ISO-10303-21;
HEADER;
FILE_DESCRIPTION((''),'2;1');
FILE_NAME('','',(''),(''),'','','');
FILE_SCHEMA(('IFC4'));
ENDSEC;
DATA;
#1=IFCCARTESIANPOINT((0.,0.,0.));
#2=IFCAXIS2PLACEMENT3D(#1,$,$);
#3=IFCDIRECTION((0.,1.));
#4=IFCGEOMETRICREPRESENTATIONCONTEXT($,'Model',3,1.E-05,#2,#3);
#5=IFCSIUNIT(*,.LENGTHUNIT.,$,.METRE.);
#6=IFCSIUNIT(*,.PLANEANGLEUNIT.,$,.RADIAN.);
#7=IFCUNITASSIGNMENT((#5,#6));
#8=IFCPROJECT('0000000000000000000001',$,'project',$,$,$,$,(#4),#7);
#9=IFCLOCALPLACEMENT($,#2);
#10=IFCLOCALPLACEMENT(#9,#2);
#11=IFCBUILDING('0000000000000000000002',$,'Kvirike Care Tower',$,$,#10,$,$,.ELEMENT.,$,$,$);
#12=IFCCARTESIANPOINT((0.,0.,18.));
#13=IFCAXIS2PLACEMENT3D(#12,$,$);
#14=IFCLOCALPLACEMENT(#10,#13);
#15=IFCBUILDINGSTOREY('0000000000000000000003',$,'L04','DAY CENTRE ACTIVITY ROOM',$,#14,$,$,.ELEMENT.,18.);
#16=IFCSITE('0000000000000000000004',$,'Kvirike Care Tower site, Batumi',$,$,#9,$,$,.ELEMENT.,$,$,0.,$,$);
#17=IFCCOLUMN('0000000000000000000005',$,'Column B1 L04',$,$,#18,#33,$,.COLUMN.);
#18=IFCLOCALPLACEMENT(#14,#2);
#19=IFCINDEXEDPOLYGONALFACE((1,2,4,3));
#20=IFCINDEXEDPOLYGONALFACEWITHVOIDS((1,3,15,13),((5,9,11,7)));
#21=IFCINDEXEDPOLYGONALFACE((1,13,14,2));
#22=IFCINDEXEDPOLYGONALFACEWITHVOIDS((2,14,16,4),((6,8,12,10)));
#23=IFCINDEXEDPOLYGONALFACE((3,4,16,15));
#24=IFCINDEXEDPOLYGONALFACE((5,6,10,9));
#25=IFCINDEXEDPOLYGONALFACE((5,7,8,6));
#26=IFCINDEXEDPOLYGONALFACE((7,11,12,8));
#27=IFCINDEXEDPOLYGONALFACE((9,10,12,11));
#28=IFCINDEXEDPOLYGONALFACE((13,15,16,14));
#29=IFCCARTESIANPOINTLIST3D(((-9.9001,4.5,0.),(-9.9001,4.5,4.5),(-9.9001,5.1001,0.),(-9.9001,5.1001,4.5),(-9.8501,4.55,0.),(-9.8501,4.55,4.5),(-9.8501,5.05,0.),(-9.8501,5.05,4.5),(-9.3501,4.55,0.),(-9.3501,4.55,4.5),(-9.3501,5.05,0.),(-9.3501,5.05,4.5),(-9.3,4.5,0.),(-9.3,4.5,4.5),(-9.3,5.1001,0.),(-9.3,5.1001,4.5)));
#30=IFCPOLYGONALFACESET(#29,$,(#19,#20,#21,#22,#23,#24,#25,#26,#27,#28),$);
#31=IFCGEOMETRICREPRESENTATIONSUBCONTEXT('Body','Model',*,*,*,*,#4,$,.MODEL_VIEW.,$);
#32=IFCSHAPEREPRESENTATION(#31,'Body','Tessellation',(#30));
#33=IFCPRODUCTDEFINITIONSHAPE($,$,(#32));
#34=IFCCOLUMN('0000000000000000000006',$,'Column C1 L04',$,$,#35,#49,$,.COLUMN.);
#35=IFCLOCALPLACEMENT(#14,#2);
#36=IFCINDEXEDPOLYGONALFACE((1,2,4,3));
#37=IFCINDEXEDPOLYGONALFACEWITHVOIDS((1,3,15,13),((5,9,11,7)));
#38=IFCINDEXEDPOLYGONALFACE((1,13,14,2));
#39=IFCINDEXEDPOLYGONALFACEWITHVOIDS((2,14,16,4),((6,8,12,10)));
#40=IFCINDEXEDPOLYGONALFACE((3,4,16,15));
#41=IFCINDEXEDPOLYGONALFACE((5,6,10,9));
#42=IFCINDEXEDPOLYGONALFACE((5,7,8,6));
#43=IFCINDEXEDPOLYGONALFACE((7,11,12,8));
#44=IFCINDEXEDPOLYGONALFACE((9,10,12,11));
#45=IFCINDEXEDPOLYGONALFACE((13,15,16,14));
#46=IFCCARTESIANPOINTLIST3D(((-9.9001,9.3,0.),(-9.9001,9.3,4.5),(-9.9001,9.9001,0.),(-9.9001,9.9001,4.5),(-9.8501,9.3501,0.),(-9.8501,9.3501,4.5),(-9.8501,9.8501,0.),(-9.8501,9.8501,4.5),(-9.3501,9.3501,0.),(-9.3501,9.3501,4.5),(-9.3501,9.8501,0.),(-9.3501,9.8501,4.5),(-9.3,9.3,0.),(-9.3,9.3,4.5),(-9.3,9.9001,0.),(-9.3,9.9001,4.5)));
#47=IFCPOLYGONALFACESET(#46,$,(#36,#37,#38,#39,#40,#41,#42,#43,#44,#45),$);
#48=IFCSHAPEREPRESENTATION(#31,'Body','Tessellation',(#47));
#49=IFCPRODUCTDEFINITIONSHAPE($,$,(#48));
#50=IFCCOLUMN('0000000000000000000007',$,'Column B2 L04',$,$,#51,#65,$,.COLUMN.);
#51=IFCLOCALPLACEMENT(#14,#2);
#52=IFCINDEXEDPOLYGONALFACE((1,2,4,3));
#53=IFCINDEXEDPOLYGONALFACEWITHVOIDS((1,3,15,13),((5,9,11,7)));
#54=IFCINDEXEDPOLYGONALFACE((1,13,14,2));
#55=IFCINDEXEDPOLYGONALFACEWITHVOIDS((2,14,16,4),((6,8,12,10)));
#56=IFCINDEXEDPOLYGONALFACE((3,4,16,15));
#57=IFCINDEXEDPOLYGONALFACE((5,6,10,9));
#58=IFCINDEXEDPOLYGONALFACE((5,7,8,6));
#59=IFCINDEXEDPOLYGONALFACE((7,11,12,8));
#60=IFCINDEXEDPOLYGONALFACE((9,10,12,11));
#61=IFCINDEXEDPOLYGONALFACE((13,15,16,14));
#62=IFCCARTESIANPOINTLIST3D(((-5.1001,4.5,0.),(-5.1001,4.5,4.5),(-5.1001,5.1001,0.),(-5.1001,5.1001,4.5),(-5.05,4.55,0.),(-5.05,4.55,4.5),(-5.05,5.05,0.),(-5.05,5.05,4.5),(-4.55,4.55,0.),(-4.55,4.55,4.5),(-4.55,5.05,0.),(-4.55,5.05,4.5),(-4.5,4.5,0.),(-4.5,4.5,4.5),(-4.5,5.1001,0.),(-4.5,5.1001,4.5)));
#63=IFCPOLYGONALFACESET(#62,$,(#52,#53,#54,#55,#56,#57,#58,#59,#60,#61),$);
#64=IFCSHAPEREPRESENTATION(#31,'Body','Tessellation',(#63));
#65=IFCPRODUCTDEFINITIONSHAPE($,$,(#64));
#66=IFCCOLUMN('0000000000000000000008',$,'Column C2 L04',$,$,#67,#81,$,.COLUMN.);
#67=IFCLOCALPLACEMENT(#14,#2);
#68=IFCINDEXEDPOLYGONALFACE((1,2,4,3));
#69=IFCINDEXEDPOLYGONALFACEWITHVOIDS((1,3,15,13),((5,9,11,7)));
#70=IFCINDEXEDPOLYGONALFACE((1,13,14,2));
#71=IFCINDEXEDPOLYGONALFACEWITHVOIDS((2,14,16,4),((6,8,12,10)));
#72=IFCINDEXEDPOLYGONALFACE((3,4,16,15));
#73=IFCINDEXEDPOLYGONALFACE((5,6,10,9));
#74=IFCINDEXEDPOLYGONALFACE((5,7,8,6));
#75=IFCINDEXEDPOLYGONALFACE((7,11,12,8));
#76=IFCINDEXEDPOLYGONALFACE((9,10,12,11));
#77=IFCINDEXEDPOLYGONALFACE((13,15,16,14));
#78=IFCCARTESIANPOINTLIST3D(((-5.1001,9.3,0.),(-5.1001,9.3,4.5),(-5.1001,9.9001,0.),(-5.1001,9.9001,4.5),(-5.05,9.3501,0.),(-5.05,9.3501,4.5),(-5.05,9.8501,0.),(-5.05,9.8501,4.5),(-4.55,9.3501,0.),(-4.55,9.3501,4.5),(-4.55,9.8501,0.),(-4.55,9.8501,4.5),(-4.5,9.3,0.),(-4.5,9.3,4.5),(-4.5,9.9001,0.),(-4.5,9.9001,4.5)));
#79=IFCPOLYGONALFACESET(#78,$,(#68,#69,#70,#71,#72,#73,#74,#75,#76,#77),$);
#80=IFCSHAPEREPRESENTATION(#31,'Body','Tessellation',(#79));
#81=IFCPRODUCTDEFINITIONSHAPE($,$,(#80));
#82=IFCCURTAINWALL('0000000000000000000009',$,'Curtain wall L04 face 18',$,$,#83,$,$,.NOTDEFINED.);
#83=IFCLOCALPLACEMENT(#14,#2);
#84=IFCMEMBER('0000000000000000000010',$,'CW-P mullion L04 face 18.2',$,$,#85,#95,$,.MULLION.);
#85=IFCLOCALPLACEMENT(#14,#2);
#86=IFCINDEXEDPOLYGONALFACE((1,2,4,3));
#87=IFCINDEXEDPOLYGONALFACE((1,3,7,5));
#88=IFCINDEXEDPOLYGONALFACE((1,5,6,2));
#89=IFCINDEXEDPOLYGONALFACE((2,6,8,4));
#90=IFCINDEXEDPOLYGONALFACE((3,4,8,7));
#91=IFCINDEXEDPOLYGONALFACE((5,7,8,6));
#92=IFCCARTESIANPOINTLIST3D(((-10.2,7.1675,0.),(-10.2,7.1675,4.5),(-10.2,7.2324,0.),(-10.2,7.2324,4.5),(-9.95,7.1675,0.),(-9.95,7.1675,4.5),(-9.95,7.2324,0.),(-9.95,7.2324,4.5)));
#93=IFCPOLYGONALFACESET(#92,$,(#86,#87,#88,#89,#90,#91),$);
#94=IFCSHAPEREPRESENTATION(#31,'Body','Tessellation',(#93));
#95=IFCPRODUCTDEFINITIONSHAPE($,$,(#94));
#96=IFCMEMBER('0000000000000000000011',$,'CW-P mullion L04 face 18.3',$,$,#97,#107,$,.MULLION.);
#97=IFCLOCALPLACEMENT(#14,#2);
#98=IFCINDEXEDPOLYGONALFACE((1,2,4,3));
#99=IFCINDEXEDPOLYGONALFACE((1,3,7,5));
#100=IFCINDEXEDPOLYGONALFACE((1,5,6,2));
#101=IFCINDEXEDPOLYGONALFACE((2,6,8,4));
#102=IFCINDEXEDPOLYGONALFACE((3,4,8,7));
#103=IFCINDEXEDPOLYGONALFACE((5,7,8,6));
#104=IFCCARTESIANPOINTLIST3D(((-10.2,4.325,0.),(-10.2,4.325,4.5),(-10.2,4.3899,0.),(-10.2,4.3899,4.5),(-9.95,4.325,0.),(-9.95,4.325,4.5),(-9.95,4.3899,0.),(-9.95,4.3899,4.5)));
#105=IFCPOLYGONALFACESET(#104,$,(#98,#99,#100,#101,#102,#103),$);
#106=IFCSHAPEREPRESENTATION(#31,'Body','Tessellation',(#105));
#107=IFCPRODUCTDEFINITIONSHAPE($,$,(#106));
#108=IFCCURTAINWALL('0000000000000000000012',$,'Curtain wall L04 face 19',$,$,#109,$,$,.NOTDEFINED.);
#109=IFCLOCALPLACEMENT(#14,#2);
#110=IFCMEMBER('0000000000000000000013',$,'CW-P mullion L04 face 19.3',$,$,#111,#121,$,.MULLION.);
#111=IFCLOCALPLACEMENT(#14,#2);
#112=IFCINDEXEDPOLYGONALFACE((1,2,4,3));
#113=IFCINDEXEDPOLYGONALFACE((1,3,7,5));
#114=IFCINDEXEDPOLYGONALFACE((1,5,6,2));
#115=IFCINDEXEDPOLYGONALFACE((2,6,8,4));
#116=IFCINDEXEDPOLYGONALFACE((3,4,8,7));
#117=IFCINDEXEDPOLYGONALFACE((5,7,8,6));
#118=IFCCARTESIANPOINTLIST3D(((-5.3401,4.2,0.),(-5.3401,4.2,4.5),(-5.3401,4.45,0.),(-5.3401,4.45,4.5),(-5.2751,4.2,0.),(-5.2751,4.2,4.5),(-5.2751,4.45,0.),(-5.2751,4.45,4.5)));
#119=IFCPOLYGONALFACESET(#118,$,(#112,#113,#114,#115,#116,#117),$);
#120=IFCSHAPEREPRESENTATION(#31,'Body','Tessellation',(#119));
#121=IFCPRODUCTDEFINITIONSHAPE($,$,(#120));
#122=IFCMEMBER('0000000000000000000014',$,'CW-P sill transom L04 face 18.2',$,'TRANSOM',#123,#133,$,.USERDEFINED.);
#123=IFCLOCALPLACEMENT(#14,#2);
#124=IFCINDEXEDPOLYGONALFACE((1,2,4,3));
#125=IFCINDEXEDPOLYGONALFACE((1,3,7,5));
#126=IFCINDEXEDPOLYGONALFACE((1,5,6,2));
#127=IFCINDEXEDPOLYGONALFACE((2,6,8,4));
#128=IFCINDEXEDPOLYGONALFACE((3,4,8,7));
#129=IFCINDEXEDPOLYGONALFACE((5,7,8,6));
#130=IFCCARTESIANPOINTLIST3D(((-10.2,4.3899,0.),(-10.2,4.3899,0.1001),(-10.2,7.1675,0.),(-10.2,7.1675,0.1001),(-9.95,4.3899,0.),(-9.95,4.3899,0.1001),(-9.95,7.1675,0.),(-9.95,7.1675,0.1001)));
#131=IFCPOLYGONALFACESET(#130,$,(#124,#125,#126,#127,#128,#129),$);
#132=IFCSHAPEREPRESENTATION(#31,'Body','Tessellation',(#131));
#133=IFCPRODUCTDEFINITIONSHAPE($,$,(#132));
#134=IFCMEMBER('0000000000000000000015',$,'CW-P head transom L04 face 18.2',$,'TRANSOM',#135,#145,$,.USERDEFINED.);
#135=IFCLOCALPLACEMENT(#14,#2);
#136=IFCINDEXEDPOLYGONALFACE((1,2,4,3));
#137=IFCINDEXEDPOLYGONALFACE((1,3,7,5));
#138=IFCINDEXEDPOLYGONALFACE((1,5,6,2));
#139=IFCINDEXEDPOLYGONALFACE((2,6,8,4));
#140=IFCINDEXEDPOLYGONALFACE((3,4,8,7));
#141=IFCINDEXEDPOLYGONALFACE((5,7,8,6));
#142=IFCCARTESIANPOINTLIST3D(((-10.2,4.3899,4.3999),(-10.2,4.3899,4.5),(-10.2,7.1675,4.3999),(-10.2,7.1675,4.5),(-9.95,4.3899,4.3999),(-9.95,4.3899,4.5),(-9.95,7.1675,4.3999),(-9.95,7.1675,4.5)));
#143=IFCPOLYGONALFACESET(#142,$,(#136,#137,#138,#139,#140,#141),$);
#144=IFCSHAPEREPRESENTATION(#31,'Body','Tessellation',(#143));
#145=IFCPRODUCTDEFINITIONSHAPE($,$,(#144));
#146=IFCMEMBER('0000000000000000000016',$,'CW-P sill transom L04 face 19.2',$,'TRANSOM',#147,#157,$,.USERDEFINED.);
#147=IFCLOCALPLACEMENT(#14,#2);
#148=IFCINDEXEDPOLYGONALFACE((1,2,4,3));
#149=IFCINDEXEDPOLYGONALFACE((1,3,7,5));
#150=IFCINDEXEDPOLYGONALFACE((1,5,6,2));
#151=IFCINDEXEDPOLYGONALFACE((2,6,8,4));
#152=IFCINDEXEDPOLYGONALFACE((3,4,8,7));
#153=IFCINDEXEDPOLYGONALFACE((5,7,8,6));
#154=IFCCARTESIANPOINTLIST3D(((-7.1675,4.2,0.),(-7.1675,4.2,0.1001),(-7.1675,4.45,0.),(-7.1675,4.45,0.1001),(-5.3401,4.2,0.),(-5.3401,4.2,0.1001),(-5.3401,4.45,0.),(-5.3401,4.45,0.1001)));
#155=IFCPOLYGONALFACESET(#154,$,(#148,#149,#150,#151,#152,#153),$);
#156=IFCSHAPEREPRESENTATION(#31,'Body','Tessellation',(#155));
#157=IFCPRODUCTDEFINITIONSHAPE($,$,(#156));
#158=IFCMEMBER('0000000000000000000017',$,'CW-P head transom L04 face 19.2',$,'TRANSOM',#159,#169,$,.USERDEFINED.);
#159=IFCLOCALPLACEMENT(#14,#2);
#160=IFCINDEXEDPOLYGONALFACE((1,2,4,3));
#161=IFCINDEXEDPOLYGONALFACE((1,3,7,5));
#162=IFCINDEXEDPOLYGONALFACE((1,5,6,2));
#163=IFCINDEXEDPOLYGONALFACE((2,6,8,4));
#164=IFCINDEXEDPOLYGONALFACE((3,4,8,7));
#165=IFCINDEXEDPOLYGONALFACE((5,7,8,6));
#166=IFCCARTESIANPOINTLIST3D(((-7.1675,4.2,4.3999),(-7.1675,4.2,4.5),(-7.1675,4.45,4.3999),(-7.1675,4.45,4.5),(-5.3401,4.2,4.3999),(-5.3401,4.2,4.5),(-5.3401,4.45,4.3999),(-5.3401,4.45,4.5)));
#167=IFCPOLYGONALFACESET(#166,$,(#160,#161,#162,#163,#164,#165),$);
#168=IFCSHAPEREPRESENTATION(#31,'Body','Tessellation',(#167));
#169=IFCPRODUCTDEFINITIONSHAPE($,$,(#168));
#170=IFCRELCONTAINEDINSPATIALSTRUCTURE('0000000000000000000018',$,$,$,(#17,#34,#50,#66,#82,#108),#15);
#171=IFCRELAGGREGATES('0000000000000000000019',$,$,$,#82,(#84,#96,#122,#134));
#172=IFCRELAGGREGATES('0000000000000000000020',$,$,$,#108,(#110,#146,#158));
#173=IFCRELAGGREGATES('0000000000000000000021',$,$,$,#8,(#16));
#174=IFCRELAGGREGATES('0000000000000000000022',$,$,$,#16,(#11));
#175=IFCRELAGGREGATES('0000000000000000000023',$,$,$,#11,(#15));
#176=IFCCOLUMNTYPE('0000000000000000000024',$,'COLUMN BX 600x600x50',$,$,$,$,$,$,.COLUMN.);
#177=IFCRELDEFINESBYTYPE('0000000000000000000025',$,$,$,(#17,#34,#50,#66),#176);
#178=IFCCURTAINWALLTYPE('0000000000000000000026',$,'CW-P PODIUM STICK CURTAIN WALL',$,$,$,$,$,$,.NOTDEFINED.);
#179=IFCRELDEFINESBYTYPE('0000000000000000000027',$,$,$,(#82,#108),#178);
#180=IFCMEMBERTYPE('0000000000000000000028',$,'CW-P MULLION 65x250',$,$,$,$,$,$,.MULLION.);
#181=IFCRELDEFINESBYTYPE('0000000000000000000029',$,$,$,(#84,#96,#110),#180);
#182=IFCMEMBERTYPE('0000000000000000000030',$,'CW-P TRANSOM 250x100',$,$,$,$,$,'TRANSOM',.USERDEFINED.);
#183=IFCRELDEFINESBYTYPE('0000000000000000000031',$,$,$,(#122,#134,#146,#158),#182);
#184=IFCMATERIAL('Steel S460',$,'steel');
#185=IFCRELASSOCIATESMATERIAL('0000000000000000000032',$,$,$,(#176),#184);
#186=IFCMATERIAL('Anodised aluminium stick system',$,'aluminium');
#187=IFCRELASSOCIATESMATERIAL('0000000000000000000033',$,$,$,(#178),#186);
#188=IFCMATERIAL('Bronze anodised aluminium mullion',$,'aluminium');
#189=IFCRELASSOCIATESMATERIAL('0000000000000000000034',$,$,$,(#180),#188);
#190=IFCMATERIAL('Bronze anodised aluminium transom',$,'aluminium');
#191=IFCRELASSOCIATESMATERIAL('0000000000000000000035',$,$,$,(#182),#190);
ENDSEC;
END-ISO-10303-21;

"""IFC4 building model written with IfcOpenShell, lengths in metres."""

from ifc_helpers import new_model, si_unit, direction, frame, origin, origin_2d, place, context, subcontext, project, spatial, rectangle, hollow_rectangle, extrude, material, material_profile, profile_set, type_object, element, aggregate, save


model = new_model("IFC4")

# Units and contexts
model_context = context("Model", 3, precision=1e-05, world=origin(), true_north=direction((0.0, 1.0)))
body_context = subcontext(model_context, "Body", "Model", "MODEL_VIEW")
ifc_project = project(units=[si_unit("LENGTHUNIT", "METRE"), si_unit("PLANEANGLEUNIT", "RADIAN")], contexts=[model_context])

# Site, building, storey
site_placement = place(None, origin())
site = spatial("IfcSite", under=ifc_project, at=site_placement, Name="Kvirike Care Tower site, Batumi", CompositionType="ELEMENT", RefElevation=0.0)
building_placement = place(site_placement, origin())
building = spatial("IfcBuilding", under=site, at=building_placement, Name="Kvirike Care Tower", CompositionType="ELEMENT")
storey_placement = place(building_placement, frame((0.0, 0.0, 18.0)))
storey = spatial("IfcBuildingStorey", under=building, at=storey_placement, Name="L04", Description="DAY CENTRE ACTIVITY ROOM", CompositionType="ELEMENT", Elevation=18.0)

# Columns
ifc_material_1 = material(Name="Steel S460", Category="steel")
ifc_material_profile_1 = material_profile(ifc_material_1, hollow_rectangle(XDim=0.6001, YDim=0.6001, WallThickness=0.05, at=origin_2d()), Name="BX 600x600x50")
ifc_profile_set_1 = profile_set([ifc_material_profile_1], Name="Steel S460")
column_type = type_object("IfcColumnType", Name="COLUMN BX 600x600x50", PredefinedType="COLUMN", material=ifc_profile_set_1)
for number, where, z_axis, x_axis, name in (
    (1, (-9.6001, 4.8, 0.0), (0.0, 0.0, 1.0), (0.0, 1.0, 0.0), "Column B1 L04"),
    (2, (-9.6001, 9.6001, 0.0), (0.0, 0.0, 1.0), (0.0, 1.0, 0.0), "Column C1 L04"),
    (3, (-4.8, 4.8, 0.0), (0.0, 0.0, 1.0), (0.0, 1.0, 0.0), "Column B2 L04"),
    (4, (-4.8, 9.6001, 0.0), (0.0, 0.0, 1.0), (0.0, 1.0, 0.0), "Column C2 L04"),
):
    element("IfcColumn", number, at=place(storey_placement, frame(where, z_axis=z_axis, x_axis=x_axis)), inside=storey, type_object=column_type, Name=name, PredefinedType="COLUMN", context=body_context, shape_type="SweptSolid", body=[
        extrude(hollow_rectangle(XDim=0.6001, YDim=0.6001, WallThickness=0.05, at=origin_2d()), origin(), (0.0, 0.0, 1.0), 4.5),
    ])

# Curtain wall, members
ifc_material_2 = material(Name="Anodised aluminium stick system", Category="aluminium")
curtain_wall_type = type_object("IfcCurtainWallType", Name="CW-P PODIUM STICK CURTAIN WALL", PredefinedType="NOTDEFINED", material=ifc_material_2)
curtain_wall_1_placement = place(storey_placement, origin())
curtain_wall_1 = element("IfcCurtainWall", 5, at=curtain_wall_1_placement, inside=storey, type_object=curtain_wall_type, Name="Curtain wall L04 face 18", PredefinedType="NOTDEFINED")
ifc_material_3 = material(Name="Bronze anodised aluminium mullion", Category="aluminium")
ifc_material_profile_2 = material_profile(ifc_material_3, rectangle(XDim=0.0649, YDim=0.25, at=origin_2d()), Name="CW-P MULLION 65x250")
ifc_profile_set_2 = profile_set([ifc_material_profile_2], Name="Bronze anodised aluminium mullion")
member_type_1 = type_object("IfcMemberType", Name="CW-P MULLION 65x250", PredefinedType="MULLION", material=ifc_profile_set_2)
member_1_placement = place(storey_placement, frame((-10.075, 7.2, 0.0), z_axis=(0.0, 0.0, 1.0), x_axis=(0.0, -1.0, 0.0)))
member_1 = element("IfcMember", 6, at=member_1_placement, type_object=member_type_1, Name="CW-P mullion L04 face 18.2", PredefinedType="MULLION", context=body_context, shape_type="SweptSolid", body=[
    extrude(rectangle(XDim=0.0649, YDim=0.25, at=origin_2d()), origin(), (0.0, 0.0, 1.0), 4.5),
])
member_2_placement = place(storey_placement, frame((-10.075, 4.3574, 0.0), z_axis=(0.0, 0.0, 1.0), x_axis=(0.0, -1.0, 0.0)))
member_2 = element("IfcMember", 7, at=member_2_placement, type_object=member_type_1, Name="CW-P mullion L04 face 18.3", PredefinedType="MULLION", context=body_context, shape_type="SweptSolid", body=[
    extrude(rectangle(XDim=0.0649, YDim=0.25, at=origin_2d()), origin(), (0.0, 0.0, 1.0), 4.5),
])

# Curtain wall, member
curtain_wall_2_placement = place(storey_placement, origin())
curtain_wall_2 = element("IfcCurtainWall", 8, at=curtain_wall_2_placement, inside=storey, type_object=curtain_wall_type, Name="Curtain wall L04 face 19", PredefinedType="NOTDEFINED")
member_3_placement = place(storey_placement, frame((-5.3076, 4.325, 0.0), z_axis=(0.0, 0.0, 1.0), x_axis=(1.0, 0.0, 0.0)))
member_3 = element("IfcMember", 9, at=member_3_placement, type_object=member_type_1, Name="CW-P mullion L04 face 19.3", PredefinedType="MULLION", context=body_context, shape_type="SweptSolid", body=[
    extrude(rectangle(XDim=0.0649, YDim=0.25, at=origin_2d()), origin(), (0.0, 0.0, 1.0), 4.5),
])

# Members
ifc_material_4 = material(Name="Bronze anodised aluminium transom", Category="aluminium")
ifc_material_profile_3 = material_profile(ifc_material_4, rectangle(XDim=0.25, YDim=0.1001, at=origin_2d()), Name="CW-P TRANSOM 250x100")
ifc_profile_set_3 = profile_set([ifc_material_profile_3], Name="Bronze anodised aluminium transom")
member_type_2 = type_object("IfcMemberType", Name="CW-P TRANSOM 250x100", ElementType="TRANSOM", PredefinedType="USERDEFINED", material=ifc_profile_set_3)
member_4_placement = place(storey_placement, frame((-10.075, 7.1675, 0.05), z_axis=(0.0, -1.0, 0.0), x_axis=(1.0, 0.0, 0.0)))
member_4 = element("IfcMember", 10, at=member_4_placement, type_object=member_type_2, Name="CW-P sill transom L04 face 18.2", ObjectType="TRANSOM", PredefinedType="USERDEFINED", context=body_context, shape_type="SweptSolid", body=[
    extrude(rectangle(XDim=0.25, YDim=0.1001, at=origin_2d()), origin(), (0.0, 0.0, 1.0), 2.7776),
])
member_5_placement = place(storey_placement, frame((-10.075, 7.1675, 4.45), z_axis=(0.0, -1.0, 0.0), x_axis=(1.0, 0.0, 0.0)))
member_5 = element("IfcMember", 11, at=member_5_placement, type_object=member_type_2, Name="CW-P head transom L04 face 18.2", ObjectType="TRANSOM", PredefinedType="USERDEFINED", context=body_context, shape_type="SweptSolid", body=[
    extrude(rectangle(XDim=0.25, YDim=0.1001, at=origin_2d()), origin(), (0.0, 0.0, 1.0), 2.7776),
])
member_6_placement = place(storey_placement, frame((-7.1675, 4.325, 0.05), z_axis=(1.0, 0.0, 0.0), x_axis=(0.0, 1.0, 0.0)))
member_6 = element("IfcMember", 12, at=member_6_placement, type_object=member_type_2, Name="CW-P sill transom L04 face 19.2", ObjectType="TRANSOM", PredefinedType="USERDEFINED", context=body_context, shape_type="SweptSolid", body=[
    extrude(rectangle(XDim=0.25, YDim=0.1001, at=origin_2d()), origin(), (0.0, 0.0, 1.0), 1.8274),
])
member_7_placement = place(storey_placement, frame((-7.1675, 4.325, 4.45), z_axis=(1.0, 0.0, 0.0), x_axis=(0.0, 1.0, 0.0)))
member_7 = element("IfcMember", 13, at=member_7_placement, type_object=member_type_2, Name="CW-P head transom L04 face 19.2", ObjectType="TRANSOM", PredefinedType="USERDEFINED", context=body_context, shape_type="SweptSolid", body=[
    extrude(rectangle(XDim=0.25, YDim=0.1001, at=origin_2d()), origin(), (0.0, 0.0, 1.0), 1.8274),
])

aggregate(curtain_wall_1, [member_1, member_2, member_4, member_5])
aggregate(curtain_wall_2, [member_3, member_6, member_7])

save(model, "model.ifc")
